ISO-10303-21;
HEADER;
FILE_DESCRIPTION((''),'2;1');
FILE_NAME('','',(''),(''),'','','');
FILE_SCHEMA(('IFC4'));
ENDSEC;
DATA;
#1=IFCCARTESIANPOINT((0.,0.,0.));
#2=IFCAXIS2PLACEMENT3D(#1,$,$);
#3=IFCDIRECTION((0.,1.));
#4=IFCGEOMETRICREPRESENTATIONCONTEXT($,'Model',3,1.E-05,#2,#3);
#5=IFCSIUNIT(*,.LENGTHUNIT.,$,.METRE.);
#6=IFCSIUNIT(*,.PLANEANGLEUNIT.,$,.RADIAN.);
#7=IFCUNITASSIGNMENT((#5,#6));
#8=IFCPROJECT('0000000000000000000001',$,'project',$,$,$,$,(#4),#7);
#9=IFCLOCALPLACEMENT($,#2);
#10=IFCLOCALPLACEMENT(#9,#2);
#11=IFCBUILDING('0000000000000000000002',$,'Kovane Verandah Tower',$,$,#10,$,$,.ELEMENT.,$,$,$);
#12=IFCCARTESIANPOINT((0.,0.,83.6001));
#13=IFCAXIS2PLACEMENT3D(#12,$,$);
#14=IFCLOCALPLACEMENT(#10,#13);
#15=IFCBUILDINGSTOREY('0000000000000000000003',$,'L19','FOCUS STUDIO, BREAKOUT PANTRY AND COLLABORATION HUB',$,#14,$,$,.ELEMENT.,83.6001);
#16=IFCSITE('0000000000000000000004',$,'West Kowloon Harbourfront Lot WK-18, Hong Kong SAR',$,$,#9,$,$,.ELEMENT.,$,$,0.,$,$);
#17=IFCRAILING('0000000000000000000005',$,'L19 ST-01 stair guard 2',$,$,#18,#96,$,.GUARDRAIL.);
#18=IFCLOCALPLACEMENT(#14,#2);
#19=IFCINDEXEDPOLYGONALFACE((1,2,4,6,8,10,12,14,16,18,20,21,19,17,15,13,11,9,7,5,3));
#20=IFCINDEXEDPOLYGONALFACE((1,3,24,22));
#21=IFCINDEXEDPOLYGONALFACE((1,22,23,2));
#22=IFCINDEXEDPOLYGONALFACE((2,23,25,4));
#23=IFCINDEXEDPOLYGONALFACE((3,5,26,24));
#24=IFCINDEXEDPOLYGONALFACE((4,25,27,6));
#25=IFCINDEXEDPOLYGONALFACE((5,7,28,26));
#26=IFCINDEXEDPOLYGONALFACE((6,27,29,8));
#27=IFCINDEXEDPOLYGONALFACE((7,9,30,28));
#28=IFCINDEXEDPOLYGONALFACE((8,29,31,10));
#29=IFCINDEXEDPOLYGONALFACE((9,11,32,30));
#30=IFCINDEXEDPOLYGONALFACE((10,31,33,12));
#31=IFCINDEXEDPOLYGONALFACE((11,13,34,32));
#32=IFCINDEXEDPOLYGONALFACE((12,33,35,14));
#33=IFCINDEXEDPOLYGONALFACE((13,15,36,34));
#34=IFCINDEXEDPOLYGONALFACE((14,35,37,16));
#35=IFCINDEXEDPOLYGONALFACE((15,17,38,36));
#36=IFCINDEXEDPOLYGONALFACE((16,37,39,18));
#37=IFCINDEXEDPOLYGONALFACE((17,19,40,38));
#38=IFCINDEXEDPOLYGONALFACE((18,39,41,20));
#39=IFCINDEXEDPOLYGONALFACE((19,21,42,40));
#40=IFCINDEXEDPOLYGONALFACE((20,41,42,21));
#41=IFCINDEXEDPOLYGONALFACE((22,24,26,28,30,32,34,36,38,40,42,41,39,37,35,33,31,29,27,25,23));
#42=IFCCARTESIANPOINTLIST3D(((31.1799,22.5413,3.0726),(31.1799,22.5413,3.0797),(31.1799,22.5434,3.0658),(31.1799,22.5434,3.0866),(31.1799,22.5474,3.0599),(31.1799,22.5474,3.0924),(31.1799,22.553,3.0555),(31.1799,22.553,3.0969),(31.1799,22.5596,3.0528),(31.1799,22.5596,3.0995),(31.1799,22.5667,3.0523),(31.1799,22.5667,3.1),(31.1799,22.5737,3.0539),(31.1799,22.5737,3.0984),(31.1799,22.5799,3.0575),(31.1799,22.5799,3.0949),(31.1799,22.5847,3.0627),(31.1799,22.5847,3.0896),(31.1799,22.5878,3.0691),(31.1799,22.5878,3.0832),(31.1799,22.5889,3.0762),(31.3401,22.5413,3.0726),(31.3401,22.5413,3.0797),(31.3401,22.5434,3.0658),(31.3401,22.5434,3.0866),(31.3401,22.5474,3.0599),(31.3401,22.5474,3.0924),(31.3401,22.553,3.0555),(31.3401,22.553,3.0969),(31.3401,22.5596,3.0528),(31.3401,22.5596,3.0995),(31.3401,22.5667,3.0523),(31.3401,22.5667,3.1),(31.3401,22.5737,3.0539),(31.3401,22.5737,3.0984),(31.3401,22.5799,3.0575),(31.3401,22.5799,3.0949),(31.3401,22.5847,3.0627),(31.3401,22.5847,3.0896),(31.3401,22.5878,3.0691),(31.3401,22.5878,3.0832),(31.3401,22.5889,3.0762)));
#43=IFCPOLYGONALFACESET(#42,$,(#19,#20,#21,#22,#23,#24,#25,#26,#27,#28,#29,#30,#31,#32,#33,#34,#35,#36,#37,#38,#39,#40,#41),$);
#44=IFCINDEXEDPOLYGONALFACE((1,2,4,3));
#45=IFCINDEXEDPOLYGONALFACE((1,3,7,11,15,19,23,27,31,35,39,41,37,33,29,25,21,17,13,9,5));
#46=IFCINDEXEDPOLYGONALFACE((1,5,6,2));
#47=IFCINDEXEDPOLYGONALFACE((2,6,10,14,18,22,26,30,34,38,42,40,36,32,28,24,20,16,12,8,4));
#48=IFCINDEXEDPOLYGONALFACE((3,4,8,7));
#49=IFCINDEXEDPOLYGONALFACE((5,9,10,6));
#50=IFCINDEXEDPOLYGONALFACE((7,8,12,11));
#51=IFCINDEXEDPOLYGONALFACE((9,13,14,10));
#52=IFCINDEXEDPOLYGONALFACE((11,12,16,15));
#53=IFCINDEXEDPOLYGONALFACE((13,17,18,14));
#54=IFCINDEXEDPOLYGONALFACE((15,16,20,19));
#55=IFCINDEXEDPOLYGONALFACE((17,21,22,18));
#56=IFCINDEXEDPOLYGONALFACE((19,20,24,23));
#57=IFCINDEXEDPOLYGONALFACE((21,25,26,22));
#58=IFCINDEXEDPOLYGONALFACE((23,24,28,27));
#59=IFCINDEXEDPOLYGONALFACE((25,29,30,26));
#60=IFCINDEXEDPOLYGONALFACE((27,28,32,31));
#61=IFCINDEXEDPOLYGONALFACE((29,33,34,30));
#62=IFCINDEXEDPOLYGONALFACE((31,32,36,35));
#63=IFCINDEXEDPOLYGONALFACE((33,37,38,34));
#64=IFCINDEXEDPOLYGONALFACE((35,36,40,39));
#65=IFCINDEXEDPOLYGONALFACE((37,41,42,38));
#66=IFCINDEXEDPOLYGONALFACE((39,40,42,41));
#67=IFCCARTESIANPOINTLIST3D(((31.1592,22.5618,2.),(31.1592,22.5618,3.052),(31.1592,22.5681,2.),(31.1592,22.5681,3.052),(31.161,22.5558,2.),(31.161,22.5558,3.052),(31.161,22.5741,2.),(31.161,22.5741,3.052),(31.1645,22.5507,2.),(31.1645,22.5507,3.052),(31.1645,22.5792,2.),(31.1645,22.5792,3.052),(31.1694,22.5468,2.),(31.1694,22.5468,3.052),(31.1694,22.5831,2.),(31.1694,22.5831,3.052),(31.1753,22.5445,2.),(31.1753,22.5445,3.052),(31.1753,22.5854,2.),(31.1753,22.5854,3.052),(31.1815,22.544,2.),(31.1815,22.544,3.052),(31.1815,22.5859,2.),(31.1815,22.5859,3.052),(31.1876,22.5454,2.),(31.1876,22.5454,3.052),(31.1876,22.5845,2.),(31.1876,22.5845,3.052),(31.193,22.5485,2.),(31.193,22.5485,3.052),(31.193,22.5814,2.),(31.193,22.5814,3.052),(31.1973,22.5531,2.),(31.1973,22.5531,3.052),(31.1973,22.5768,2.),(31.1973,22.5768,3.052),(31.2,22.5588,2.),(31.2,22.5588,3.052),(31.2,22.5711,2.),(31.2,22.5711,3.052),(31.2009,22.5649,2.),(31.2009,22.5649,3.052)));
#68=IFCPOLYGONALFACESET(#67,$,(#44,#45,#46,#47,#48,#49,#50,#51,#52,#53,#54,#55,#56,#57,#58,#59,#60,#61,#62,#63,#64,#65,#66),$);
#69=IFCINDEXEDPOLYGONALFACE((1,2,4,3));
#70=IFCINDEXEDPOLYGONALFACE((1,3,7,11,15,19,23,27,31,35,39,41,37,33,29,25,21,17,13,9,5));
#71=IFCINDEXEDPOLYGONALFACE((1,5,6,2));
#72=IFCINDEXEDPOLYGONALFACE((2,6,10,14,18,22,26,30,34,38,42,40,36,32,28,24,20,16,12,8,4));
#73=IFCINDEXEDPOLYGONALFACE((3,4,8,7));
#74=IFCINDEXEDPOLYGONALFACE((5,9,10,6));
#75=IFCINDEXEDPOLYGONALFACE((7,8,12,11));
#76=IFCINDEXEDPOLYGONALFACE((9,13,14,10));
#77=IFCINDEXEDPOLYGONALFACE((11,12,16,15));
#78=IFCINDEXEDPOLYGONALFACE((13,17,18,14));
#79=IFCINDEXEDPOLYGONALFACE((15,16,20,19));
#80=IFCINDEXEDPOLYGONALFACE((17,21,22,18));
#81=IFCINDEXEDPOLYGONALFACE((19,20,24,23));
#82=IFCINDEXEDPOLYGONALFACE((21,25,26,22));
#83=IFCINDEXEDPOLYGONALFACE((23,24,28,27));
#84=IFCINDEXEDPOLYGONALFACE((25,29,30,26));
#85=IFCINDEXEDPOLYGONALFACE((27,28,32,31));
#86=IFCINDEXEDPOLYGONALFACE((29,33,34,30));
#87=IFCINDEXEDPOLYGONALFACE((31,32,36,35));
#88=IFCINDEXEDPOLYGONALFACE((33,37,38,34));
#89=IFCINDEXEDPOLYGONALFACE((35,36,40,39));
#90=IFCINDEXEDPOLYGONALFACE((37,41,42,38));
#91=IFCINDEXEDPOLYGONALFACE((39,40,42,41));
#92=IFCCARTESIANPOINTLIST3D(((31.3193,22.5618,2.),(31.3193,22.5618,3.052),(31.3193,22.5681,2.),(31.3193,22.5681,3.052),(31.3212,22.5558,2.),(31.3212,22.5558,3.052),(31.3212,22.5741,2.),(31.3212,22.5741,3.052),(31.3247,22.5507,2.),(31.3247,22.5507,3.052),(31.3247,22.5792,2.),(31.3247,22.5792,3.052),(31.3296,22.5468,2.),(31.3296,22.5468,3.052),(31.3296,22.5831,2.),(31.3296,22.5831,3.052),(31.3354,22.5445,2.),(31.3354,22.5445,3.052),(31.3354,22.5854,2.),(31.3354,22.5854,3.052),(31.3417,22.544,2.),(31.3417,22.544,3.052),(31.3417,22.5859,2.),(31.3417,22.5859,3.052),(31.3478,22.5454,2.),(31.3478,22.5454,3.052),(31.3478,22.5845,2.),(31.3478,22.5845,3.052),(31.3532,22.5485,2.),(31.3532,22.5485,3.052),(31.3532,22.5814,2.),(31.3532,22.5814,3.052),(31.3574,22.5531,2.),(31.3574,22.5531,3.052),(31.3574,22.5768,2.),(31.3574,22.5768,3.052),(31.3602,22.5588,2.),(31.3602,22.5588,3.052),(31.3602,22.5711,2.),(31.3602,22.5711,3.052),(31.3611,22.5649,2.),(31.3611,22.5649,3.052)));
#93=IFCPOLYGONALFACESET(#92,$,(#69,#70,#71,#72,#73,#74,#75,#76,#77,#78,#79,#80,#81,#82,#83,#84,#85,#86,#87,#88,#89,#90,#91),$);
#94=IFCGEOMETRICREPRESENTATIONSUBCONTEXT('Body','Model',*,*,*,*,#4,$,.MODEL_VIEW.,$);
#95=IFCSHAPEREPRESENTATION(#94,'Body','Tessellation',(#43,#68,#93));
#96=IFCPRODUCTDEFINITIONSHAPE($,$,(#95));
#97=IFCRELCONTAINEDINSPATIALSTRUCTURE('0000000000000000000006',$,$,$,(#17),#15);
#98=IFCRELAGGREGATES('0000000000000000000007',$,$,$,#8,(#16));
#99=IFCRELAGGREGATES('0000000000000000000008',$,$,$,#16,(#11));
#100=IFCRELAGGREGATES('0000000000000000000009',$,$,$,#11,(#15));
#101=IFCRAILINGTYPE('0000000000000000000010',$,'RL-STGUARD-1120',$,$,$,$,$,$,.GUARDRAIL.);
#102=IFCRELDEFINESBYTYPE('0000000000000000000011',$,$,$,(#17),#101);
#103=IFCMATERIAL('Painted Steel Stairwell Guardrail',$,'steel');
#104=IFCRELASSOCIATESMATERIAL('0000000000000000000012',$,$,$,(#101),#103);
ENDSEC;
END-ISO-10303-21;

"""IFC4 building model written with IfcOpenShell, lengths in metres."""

from ifc_helpers import new_model, si_unit, direction, frame, origin, origin_2d, place, context, subcontext, project, spatial, circle, extrude, material, type_object, element, save


model = new_model("IFC4")

# Units and contexts
model_context = context("Model", 3, precision=1e-05, world=origin(), true_north=direction((0.0, 1.0)))
body_context = subcontext(model_context, "Body", "Model", "MODEL_VIEW")
ifc_project = project(units=[si_unit("LENGTHUNIT", "METRE"), si_unit("PLANEANGLEUNIT", "RADIAN")], contexts=[model_context])

# Site, building, storey
site_placement = place(None, origin())
site = spatial("IfcSite", under=ifc_project, at=site_placement, Name="West Kowloon Harbourfront Lot WK-18, Hong Kong SAR", CompositionType="ELEMENT", RefElevation=0.0)
building_placement = place(site_placement, origin())
building = spatial("IfcBuilding", under=site, at=building_placement, Name="Kovane Verandah Tower", CompositionType="ELEMENT")
storey_placement = place(building_placement, frame((0.0, 0.0, 83.6001)))
storey = spatial("IfcBuildingStorey", under=building, at=storey_placement, Name="L19", Description="FOCUS STUDIO, BREAKOUT PANTRY AND COLLABORATION HUB", CompositionType="ELEMENT", Elevation=83.6001)

# Railing
ifc_material_1 = material(Name="Painted Steel Stairwell Guardrail", Category="steel")
railing_type_1 = type_object("IfcRailingType", Name="RL-STGUARD-1120", PredefinedType="GUARDRAIL", material=ifc_material_1)
railing_1_placement = place(storey_placement, frame((31.1799, 22.5649, 2.0)))
element("IfcRailing", 1, at=railing_1_placement, inside=storey, type_object=railing_type_1, Name="L19 ST-01 stair guard 2", PredefinedType="GUARDRAIL", context=body_context, shape_type="SweptSolid", body=[
    extrude(circle(Radius=0.0239, at=origin_2d()), frame((0.0, 0.0, 1.0762), z_axis=(1.0, 0.0, 0.0), x_axis=(0.0, 1.0, 0.0)), (0.0, 0.0, 1.0), 0.1602),
    extrude(circle(Radius=0.021, at=origin_2d()), origin(), (0.0, 0.0, 1.0), 1.052),
    extrude(circle(Radius=0.021, at=origin_2d()), frame((0.1602, 0.0, 0.0)), (0.0, 0.0, 1.0), 1.052),
])

save(model, "model.ifc")
